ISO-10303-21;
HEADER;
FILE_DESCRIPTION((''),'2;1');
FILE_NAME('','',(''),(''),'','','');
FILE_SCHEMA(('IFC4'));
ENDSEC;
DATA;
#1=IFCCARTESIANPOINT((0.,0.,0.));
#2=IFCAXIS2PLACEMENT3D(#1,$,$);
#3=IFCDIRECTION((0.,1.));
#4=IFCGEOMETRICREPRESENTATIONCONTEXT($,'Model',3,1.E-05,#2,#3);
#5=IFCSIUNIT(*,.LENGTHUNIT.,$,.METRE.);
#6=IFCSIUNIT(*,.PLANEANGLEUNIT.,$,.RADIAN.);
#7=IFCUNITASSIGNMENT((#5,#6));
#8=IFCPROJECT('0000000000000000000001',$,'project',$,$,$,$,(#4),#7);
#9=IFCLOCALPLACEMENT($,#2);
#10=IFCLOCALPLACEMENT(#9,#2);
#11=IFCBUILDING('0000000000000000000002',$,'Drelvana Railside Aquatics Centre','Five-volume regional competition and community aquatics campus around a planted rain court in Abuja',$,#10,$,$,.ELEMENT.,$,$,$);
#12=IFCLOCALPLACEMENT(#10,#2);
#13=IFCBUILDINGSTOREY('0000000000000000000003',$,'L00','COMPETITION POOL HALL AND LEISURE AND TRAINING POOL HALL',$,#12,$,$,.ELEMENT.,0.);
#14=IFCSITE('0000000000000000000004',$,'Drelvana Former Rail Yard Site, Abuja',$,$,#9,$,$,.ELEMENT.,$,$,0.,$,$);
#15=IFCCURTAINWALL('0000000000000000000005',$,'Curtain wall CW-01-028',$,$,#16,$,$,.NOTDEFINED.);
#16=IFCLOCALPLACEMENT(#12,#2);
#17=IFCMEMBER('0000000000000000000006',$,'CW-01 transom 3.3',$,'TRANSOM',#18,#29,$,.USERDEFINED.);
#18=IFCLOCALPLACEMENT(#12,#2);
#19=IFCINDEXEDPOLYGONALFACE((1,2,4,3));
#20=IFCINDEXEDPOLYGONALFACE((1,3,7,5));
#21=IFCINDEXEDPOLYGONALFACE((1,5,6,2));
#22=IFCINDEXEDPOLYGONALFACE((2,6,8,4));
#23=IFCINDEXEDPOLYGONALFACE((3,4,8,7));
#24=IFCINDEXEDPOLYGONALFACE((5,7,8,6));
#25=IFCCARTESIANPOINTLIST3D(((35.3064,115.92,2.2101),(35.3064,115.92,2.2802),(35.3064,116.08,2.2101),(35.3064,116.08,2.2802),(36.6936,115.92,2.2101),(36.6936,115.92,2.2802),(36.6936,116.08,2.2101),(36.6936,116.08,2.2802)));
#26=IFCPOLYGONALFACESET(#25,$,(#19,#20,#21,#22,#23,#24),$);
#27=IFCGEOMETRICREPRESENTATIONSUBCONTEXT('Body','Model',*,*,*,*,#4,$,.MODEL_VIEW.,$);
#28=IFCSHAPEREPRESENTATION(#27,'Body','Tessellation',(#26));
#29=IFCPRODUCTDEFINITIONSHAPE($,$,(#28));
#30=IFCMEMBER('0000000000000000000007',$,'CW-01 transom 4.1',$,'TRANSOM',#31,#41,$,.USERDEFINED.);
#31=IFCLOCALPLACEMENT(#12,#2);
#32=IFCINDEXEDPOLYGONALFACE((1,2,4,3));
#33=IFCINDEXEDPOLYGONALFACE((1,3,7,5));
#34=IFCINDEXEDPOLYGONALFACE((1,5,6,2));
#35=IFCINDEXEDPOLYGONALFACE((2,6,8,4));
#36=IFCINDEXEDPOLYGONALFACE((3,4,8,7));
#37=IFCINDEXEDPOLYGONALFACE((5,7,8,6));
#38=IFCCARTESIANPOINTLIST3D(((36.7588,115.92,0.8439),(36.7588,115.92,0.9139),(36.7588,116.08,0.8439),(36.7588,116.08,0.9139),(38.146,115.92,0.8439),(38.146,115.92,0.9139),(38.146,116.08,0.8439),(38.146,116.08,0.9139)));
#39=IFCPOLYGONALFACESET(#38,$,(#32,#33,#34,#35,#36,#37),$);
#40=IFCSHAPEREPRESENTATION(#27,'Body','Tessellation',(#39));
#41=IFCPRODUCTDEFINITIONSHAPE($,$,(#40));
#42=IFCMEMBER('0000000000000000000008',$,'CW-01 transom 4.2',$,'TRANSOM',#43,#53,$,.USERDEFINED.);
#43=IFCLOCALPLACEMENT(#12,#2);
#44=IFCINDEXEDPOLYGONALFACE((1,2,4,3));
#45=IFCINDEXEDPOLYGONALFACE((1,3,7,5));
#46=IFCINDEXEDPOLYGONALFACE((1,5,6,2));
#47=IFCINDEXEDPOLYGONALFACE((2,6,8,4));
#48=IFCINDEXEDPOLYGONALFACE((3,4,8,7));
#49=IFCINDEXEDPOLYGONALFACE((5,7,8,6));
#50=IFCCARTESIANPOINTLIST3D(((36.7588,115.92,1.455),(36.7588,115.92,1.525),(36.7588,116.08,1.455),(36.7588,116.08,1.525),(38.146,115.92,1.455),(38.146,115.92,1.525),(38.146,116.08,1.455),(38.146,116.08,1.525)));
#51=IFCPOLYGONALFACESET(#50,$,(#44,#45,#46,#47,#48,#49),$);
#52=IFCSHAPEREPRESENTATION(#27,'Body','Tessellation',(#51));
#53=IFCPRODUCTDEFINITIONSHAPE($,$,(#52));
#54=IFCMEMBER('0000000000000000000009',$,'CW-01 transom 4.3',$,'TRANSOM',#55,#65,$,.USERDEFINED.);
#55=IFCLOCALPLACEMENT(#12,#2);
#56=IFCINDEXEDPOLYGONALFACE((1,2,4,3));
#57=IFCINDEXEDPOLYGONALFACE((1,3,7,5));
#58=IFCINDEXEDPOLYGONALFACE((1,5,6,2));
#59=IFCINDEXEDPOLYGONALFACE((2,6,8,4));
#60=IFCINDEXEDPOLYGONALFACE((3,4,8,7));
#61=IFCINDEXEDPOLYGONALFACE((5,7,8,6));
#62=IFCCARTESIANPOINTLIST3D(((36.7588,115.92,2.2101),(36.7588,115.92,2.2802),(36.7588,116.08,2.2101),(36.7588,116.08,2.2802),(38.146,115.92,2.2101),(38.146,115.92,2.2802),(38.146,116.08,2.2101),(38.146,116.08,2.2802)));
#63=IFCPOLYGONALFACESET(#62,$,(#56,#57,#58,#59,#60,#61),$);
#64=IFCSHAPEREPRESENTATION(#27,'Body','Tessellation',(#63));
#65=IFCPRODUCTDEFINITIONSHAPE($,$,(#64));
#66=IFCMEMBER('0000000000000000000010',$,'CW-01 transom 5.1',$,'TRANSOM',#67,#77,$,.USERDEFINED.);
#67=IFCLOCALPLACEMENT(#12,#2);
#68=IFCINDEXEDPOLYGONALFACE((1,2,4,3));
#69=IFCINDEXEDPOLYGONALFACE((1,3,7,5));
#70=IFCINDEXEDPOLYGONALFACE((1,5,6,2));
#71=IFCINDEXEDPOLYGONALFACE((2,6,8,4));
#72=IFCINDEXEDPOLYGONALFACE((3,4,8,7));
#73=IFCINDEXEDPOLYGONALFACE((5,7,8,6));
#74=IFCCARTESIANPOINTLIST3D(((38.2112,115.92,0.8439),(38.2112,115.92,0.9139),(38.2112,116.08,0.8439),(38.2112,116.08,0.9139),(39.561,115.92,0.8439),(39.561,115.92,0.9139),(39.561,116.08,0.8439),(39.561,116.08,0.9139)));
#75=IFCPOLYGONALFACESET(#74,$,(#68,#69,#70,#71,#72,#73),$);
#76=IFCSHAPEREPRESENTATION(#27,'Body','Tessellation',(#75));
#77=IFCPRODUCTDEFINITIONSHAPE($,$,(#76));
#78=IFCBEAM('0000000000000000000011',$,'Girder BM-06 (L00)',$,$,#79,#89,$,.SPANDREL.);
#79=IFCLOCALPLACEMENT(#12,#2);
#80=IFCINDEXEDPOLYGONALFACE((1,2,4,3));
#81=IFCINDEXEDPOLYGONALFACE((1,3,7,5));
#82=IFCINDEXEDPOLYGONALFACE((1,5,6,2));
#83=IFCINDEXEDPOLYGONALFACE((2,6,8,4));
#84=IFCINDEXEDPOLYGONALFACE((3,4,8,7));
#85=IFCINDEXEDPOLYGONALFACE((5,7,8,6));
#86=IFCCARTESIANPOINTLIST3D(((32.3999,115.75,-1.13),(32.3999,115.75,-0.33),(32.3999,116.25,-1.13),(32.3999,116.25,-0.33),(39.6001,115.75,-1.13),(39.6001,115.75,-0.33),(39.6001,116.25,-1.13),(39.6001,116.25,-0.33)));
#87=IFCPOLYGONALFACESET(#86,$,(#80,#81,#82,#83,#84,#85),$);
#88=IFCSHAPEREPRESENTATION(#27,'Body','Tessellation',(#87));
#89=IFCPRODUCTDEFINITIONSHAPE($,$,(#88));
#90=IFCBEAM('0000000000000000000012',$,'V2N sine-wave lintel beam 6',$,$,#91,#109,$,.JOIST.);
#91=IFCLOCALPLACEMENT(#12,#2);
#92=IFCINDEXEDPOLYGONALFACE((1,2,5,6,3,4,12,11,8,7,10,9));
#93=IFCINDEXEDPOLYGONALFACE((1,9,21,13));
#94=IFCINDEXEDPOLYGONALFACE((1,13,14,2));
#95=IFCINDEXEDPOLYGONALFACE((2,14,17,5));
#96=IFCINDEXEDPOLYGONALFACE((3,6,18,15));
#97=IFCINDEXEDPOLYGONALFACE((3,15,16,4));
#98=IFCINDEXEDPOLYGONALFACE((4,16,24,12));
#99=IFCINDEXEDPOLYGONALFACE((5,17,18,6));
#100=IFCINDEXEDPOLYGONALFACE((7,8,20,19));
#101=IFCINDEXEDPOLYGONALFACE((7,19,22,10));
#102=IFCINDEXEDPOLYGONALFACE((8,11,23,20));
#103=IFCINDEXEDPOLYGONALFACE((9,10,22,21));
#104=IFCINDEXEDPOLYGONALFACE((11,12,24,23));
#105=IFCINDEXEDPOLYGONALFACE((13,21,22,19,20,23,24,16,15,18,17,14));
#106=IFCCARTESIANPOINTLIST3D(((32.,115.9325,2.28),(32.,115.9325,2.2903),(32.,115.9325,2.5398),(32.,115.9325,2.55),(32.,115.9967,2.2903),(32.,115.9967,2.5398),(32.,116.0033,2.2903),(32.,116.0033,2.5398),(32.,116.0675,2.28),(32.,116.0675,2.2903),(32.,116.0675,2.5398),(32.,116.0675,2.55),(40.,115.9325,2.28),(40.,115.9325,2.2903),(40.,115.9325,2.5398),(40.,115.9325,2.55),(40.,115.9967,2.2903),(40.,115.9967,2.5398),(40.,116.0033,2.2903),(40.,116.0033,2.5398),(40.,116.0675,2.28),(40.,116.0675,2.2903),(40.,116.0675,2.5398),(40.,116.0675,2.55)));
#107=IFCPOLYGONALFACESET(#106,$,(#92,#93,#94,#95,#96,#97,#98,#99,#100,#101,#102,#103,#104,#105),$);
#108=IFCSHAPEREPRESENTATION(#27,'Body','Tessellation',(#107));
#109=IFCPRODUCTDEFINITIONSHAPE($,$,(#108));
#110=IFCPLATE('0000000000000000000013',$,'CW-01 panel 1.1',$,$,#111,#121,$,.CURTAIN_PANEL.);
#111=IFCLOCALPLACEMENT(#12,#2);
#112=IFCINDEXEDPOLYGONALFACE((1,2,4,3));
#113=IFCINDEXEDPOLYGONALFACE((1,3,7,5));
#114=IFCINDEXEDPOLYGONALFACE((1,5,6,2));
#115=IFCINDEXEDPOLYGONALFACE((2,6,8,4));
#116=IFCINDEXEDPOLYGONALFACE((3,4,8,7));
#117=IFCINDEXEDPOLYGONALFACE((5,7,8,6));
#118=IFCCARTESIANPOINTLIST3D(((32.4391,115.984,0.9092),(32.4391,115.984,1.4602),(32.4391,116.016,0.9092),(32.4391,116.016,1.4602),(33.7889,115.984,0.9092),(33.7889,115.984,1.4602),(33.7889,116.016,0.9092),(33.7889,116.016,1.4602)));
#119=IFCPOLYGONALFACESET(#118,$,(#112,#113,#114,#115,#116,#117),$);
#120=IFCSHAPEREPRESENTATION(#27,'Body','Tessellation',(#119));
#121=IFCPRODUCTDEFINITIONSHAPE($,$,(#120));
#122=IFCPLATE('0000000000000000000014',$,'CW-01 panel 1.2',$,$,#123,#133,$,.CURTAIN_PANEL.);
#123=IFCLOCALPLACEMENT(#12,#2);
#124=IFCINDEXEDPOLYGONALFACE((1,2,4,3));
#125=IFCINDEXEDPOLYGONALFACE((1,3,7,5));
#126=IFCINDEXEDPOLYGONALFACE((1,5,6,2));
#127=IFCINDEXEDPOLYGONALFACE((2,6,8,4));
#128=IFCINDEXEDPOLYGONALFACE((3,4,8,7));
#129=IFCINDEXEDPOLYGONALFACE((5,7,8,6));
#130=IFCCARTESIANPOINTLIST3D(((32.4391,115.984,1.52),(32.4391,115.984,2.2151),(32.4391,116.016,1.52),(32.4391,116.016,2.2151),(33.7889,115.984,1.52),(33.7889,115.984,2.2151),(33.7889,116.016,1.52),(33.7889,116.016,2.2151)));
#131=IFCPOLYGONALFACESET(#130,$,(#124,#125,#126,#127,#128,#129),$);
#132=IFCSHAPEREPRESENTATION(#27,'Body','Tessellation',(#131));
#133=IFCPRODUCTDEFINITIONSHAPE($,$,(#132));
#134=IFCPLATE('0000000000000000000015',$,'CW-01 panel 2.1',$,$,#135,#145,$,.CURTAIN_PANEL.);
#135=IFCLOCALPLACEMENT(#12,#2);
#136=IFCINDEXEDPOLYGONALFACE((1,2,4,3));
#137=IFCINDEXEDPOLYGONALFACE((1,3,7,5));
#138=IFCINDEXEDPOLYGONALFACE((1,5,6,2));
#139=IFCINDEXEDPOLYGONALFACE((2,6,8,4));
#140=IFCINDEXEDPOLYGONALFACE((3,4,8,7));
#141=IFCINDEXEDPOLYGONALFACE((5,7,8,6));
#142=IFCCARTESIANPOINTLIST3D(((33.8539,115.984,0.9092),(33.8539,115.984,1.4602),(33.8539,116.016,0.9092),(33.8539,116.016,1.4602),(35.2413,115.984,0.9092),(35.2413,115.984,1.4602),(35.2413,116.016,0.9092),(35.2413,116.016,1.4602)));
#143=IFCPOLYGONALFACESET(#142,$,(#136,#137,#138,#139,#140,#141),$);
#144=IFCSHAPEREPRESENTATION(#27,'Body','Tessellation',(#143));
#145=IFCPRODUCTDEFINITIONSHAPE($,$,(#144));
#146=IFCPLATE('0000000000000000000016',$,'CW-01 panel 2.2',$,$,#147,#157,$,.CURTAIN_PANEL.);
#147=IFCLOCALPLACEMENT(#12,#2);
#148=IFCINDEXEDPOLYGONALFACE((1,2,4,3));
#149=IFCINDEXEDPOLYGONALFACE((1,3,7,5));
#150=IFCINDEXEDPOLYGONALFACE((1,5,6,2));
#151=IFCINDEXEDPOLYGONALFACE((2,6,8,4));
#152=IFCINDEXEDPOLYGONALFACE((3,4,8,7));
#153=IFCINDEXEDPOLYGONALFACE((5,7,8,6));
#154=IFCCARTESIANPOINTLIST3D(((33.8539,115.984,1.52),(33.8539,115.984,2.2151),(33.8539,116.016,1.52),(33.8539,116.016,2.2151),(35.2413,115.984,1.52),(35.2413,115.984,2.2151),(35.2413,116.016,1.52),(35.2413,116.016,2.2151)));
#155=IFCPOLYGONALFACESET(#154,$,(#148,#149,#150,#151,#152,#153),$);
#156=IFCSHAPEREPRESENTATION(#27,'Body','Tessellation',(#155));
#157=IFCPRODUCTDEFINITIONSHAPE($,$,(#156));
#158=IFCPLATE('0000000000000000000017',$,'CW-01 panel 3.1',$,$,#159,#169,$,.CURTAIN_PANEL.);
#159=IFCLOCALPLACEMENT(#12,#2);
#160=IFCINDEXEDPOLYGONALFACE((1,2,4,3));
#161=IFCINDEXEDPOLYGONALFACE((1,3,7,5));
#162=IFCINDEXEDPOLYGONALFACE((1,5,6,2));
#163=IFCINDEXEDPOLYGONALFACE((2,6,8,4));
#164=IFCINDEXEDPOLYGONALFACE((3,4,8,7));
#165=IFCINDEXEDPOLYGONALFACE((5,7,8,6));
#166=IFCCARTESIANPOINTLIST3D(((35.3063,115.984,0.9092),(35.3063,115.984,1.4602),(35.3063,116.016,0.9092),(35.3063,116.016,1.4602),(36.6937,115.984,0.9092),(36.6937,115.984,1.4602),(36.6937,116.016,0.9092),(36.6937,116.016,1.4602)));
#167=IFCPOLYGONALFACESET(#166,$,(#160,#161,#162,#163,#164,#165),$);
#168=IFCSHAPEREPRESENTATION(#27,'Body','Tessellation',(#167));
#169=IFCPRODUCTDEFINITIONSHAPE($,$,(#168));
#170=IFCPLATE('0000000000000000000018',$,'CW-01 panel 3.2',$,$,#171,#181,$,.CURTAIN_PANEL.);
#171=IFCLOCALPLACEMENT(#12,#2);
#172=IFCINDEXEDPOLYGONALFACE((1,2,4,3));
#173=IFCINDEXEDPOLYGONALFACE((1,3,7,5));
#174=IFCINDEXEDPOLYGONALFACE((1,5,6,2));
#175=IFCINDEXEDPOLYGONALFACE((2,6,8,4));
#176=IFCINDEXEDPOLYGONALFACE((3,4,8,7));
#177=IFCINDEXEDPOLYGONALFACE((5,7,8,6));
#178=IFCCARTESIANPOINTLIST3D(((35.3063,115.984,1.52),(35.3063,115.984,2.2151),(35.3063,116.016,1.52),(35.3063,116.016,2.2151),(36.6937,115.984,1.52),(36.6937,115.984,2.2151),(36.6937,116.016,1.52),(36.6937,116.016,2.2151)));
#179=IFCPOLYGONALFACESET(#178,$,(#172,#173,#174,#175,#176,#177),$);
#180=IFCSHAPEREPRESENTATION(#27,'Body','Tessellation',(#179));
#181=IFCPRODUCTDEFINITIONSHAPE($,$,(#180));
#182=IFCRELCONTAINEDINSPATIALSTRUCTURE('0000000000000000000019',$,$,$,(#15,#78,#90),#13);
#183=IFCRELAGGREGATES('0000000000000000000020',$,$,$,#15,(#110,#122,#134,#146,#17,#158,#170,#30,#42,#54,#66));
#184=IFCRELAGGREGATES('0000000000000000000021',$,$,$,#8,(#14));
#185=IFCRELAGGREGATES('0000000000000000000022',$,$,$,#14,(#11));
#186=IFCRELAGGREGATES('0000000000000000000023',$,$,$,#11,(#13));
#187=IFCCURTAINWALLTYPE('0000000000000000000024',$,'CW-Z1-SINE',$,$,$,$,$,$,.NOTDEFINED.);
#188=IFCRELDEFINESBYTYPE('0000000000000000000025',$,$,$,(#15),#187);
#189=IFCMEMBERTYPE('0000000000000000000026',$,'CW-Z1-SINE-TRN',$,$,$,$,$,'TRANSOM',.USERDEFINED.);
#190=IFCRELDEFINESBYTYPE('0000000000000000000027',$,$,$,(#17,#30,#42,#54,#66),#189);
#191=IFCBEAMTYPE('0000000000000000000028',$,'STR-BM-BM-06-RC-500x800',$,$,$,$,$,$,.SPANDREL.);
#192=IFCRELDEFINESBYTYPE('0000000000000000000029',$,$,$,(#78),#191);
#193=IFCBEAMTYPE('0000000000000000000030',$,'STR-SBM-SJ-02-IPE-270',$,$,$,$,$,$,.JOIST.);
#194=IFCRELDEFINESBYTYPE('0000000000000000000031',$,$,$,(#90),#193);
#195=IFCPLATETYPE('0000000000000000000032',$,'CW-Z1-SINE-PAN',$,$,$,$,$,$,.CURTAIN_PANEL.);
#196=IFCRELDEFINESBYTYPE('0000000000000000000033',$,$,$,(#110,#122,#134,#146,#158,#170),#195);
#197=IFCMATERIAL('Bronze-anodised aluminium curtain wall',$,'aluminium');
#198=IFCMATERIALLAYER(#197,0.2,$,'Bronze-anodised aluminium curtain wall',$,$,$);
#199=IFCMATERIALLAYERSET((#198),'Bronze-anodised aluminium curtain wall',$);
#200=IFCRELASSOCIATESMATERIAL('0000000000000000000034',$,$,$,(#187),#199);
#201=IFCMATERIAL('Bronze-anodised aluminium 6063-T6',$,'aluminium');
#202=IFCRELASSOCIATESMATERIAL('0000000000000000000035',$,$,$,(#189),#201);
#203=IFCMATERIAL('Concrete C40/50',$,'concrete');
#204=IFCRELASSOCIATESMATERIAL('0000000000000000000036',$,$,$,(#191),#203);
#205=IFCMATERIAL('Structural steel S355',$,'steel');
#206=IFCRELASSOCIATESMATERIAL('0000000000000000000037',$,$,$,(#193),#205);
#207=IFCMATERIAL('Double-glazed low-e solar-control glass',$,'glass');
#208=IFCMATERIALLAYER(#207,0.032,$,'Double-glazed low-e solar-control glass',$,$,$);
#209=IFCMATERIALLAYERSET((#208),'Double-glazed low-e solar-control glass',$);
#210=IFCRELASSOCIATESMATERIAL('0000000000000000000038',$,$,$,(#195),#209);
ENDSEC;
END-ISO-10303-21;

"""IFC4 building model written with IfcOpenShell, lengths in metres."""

from ifc_helpers import new_model, si_unit, direction, frame, origin, origin_2d, place, context, subcontext, project, spatial, rectangle, i_section, extrude, material, layer, layer_set, material_profile, profile_set, type_object, element, aggregate, save


model = new_model("IFC4")

# Units and contexts
model_context = context("Model", 3, precision=1e-05, world=origin(), true_north=direction((0.0, 1.0)))
body_context = subcontext(model_context, "Body", "Model", "MODEL_VIEW")
ifc_project = project(units=[si_unit("LENGTHUNIT", "METRE"), si_unit("PLANEANGLEUNIT", "RADIAN")], contexts=[model_context])

# Site, building, storey
site_placement = place(None, origin())
site = spatial("IfcSite", under=ifc_project, at=site_placement, Name="Drelvana Former Rail Yard Site, Abuja", CompositionType="ELEMENT", RefElevation=0.0)
building_placement = place(site_placement, origin())
building = spatial("IfcBuilding", under=site, at=building_placement, Name="Drelvana Railside Aquatics Centre", Description="Five-volume regional competition and community aquatics campus around a planted rain court in Abuja", CompositionType="ELEMENT")
storey_placement = place(building_placement, origin())
storey = spatial("IfcBuildingStorey", under=building, at=storey_placement, Name="L00", Description="COMPETITION POOL HALL AND LEISURE AND TRAINING POOL HALL", CompositionType="ELEMENT", Elevation=0.0)

# Shared definitions
ifc_material_1 = material(Name="Concrete C40/50", Category="concrete")

# Curtain wall, members
ifc_material_2 = material(Name="Bronze-anodised aluminium curtain wall", Category="aluminium")
ifc_layer_1 = layer(ifc_material_2, 0.2, Name="Bronze-anodised aluminium curtain wall")
ifc_layer_set_1 = layer_set([ifc_layer_1], Name="Bronze-anodised aluminium curtain wall")
curtain_wall_type = type_object("IfcCurtainWallType", Name="CW-Z1-SINE", PredefinedType="NOTDEFINED", material=ifc_layer_set_1)
curtain_wall_placement = place(storey_placement, origin())
curtain_wall = element("IfcCurtainWall", 1, at=curtain_wall_placement, inside=storey, type_object=curtain_wall_type, Name="Curtain wall CW-01-028", PredefinedType="NOTDEFINED")
ifc_material_3 = material(Name="Bronze-anodised aluminium 6063-T6", Category="aluminium")
ifc_material_profile_1 = material_profile(ifc_material_3, rectangle(XDim=0.1599, YDim=0.0701, at=origin_2d()), Name="ALU-T 70x160")
ifc_profile_set_1 = profile_set([ifc_material_profile_1], Name="Bronze-anodised aluminium 6063-T6")
member_type_1 = type_object("IfcMemberType", Name="CW-Z1-SINE-TRN", ElementType="TRANSOM", PredefinedType="USERDEFINED", material=ifc_profile_set_1)
member_1_placement = place(storey_placement, frame((35.3064, 116.0, 2.2451), z_axis=(1.0, 0.0, 0.0), x_axis=(0.0, 1.0, 0.0)))
member_1 = element("IfcMember", 2, at=member_1_placement, type_object=member_type_1, Name="CW-01 transom 3.3", ObjectType="TRANSOM", PredefinedType="USERDEFINED", context=body_context, shape_type="SweptSolid", body=[
    extrude(rectangle(XDim=0.1599, YDim=0.0701, at=origin_2d()), origin(), (0.0, 0.0, 1.0), 1.3872),
])
member_2_placement = place(storey_placement, frame((36.7588, 116.0, 0.8789), z_axis=(1.0, 0.0, 0.0), x_axis=(0.0, 1.0, 0.0)))
member_2 = element("IfcMember", 3, at=member_2_placement, type_object=member_type_1, Name="CW-01 transom 4.1", ObjectType="TRANSOM", PredefinedType="USERDEFINED", context=body_context, shape_type="SweptSolid", body=[
    extrude(rectangle(XDim=0.1599, YDim=0.0701, at=origin_2d()), origin(), (0.0, 0.0, 1.0), 1.3872),
])
member_3_placement = place(storey_placement, frame((36.7588, 116.0, 1.49), z_axis=(1.0, 0.0, 0.0), x_axis=(0.0, 1.0, 0.0)))
member_3 = element("IfcMember", 4, at=member_3_placement, type_object=member_type_1, Name="CW-01 transom 4.2", ObjectType="TRANSOM", PredefinedType="USERDEFINED", context=body_context, shape_type="SweptSolid", body=[
    extrude(rectangle(XDim=0.1599, YDim=0.0701, at=origin_2d()), origin(), (0.0, 0.0, 1.0), 1.3872),
])
member_4_placement = place(storey_placement, frame((36.7588, 116.0, 2.2451), z_axis=(1.0, 0.0, 0.0), x_axis=(0.0, 1.0, 0.0)))
member_4 = element("IfcMember", 5, at=member_4_placement, type_object=member_type_1, Name="CW-01 transom 4.3", ObjectType="TRANSOM", PredefinedType="USERDEFINED", context=body_context, shape_type="SweptSolid", body=[
    extrude(rectangle(XDim=0.1599, YDim=0.0701, at=origin_2d()), origin(), (0.0, 0.0, 1.0), 1.3872),
])
member_5_placement = place(storey_placement, frame((38.2112, 116.0, 0.8789), z_axis=(1.0, 0.0, 0.0), x_axis=(0.0, 1.0, 0.0)))
member_5 = element("IfcMember", 6, at=member_5_placement, type_object=member_type_1, Name="CW-01 transom 5.1", ObjectType="TRANSOM", PredefinedType="USERDEFINED", context=body_context, shape_type="SweptSolid", body=[
    extrude(rectangle(XDim=0.1599, YDim=0.0701, at=origin_2d()), origin(), (0.0, 0.0, 1.0), 1.3499),
])

# Beams
ifc_material_profile_2 = material_profile(ifc_material_1, rectangle(XDim=0.5, YDim=0.8, at=origin_2d()), Name="RC 500x800")
ifc_profile_set_2 = profile_set([ifc_material_profile_2], Name="Concrete C40/50")
beam_type_1 = type_object("IfcBeamType", Name="STR-BM-BM-06-RC-500x800", PredefinedType="SPANDREL", material=ifc_profile_set_2)
beam_1_placement = place(storey_placement, frame((32.3999, 116.0, -0.73), z_axis=(1.0, 0.0, 0.0), x_axis=(0.0, 1.0, 0.0)))
element("IfcBeam", 7, at=beam_1_placement, inside=storey, type_object=beam_type_1, Name="Girder BM-06 (L00)", PredefinedType="SPANDREL", context=body_context, shape_type="SweptSolid", body=[
    extrude(rectangle(XDim=0.5, YDim=0.8, at=origin_2d()), origin(), (0.0, 0.0, 1.0), 7.2002),
])
ifc_material_4 = material(Name="Structural steel S355", Category="steel")
ifc_material_profile_3 = material_profile(ifc_material_4, i_section(OverallWidth=0.135, OverallDepth=0.27, WebThickness=0.0066, FlangeThickness=0.0103, at=origin_2d()), Name="IPE 270")
ifc_profile_set_3 = profile_set([ifc_material_profile_3], Name="Structural steel S355")
beam_type_2 = type_object("IfcBeamType", Name="STR-SBM-SJ-02-IPE-270", PredefinedType="JOIST", material=ifc_profile_set_3)
beam_2_placement = place(storey_placement, frame((32.0, 116.0, 2.415), z_axis=(1.0, 0.0, 0.0), x_axis=(0.0, 1.0, 0.0)))
element("IfcBeam", 8, at=beam_2_placement, inside=storey, type_object=beam_type_2, Name="V2N sine-wave lintel beam 6", PredefinedType="JOIST", context=body_context, shape_type="SweptSolid", body=[
    extrude(i_section(OverallWidth=0.135, OverallDepth=0.27, WebThickness=0.0066, FlangeThickness=0.0103, at=origin_2d()), origin(), (0.0, 0.0, 1.0), 8.0),
])

# Plates
ifc_material_5 = material(Name="Double-glazed low-e solar-control glass", Category="glass")
ifc_layer_2 = layer(ifc_material_5, 0.032, Name="Double-glazed low-e solar-control glass")
ifc_layer_set_2 = layer_set([ifc_layer_2], Name="Double-glazed low-e solar-control glass")
plate_type = type_object("IfcPlateType", Name="CW-Z1-SINE-PAN", PredefinedType="CURTAIN_PANEL", material=ifc_layer_set_2)
plate_1_placement = place(storey_placement, frame((33.114, 116.0, 0.9092), z_axis=(0.0, 0.0, 1.0), x_axis=(1.0, 0.0, 0.0)))
plate_1 = element("IfcPlate", 9, at=plate_1_placement, type_object=plate_type, Name="CW-01 panel 1.1", PredefinedType="CURTAIN_PANEL", context=body_context, shape_type="SweptSolid", body=[
    extrude(rectangle(XDim=1.3499, YDim=0.032, at=origin_2d()), origin(), (0.0, 0.0, 1.0), 0.551),
])
plate_2_placement = place(storey_placement, frame((33.114, 116.0, 1.52), z_axis=(0.0, 0.0, 1.0), x_axis=(1.0, 0.0, 0.0)))
plate_2 = element("IfcPlate", 10, at=plate_2_placement, type_object=plate_type, Name="CW-01 panel 1.2", PredefinedType="CURTAIN_PANEL", context=body_context, shape_type="SweptSolid", body=[
    extrude(rectangle(XDim=1.3499, YDim=0.032, at=origin_2d()), origin(), (0.0, 0.0, 1.0), 0.6951),
])
plate_3_placement = place(storey_placement, frame((34.5476, 116.0, 0.9092), z_axis=(0.0, 0.0, 1.0), x_axis=(1.0, 0.0, 0.0)))
plate_3 = element("IfcPlate", 11, at=plate_3_placement, type_object=plate_type, Name="CW-01 panel 2.1", PredefinedType="CURTAIN_PANEL", context=body_context, shape_type="SweptSolid", body=[
    extrude(rectangle(XDim=1.3875, YDim=0.032, at=origin_2d()), origin(), (0.0, 0.0, 1.0), 0.551),
])
plate_4_placement = place(storey_placement, frame((34.5476, 116.0, 1.52), z_axis=(0.0, 0.0, 1.0), x_axis=(1.0, 0.0, 0.0)))
plate_4 = element("IfcPlate", 12, at=plate_4_placement, type_object=plate_type, Name="CW-01 panel 2.2", PredefinedType="CURTAIN_PANEL", context=body_context, shape_type="SweptSolid", body=[
    extrude(rectangle(XDim=1.3875, YDim=0.032, at=origin_2d()), origin(), (0.0, 0.0, 1.0), 0.6951),
])
plate_5_placement = place(storey_placement, frame((36.0, 116.0, 0.9092), z_axis=(0.0, 0.0, 1.0), x_axis=(1.0, 0.0, 0.0)))
plate_5 = element("IfcPlate", 13, at=plate_5_placement, type_object=plate_type, Name="CW-01 panel 3.1", PredefinedType="CURTAIN_PANEL", context=body_context, shape_type="SweptSolid", body=[
    extrude(rectangle(XDim=1.3875, YDim=0.032, at=origin_2d()), origin(), (0.0, 0.0, 1.0), 0.551),
])
plate_6_placement = place(storey_placement, frame((36.0, 116.0, 1.52), z_axis=(0.0, 0.0, 1.0), x_axis=(1.0, 0.0, 0.0)))
plate_6 = element("IfcPlate", 14, at=plate_6_placement, type_object=plate_type, Name="CW-01 panel 3.2", PredefinedType="CURTAIN_PANEL", context=body_context, shape_type="SweptSolid", body=[
    extrude(rectangle(XDim=1.3875, YDim=0.032, at=origin_2d()), origin(), (0.0, 0.0, 1.0), 0.6951),
])
aggregate(curtain_wall, [plate_1, plate_2, plate_3, plate_4, member_1, plate_5, plate_6, member_2, member_3, member_4, member_5])

save(model, "model.ifc")
